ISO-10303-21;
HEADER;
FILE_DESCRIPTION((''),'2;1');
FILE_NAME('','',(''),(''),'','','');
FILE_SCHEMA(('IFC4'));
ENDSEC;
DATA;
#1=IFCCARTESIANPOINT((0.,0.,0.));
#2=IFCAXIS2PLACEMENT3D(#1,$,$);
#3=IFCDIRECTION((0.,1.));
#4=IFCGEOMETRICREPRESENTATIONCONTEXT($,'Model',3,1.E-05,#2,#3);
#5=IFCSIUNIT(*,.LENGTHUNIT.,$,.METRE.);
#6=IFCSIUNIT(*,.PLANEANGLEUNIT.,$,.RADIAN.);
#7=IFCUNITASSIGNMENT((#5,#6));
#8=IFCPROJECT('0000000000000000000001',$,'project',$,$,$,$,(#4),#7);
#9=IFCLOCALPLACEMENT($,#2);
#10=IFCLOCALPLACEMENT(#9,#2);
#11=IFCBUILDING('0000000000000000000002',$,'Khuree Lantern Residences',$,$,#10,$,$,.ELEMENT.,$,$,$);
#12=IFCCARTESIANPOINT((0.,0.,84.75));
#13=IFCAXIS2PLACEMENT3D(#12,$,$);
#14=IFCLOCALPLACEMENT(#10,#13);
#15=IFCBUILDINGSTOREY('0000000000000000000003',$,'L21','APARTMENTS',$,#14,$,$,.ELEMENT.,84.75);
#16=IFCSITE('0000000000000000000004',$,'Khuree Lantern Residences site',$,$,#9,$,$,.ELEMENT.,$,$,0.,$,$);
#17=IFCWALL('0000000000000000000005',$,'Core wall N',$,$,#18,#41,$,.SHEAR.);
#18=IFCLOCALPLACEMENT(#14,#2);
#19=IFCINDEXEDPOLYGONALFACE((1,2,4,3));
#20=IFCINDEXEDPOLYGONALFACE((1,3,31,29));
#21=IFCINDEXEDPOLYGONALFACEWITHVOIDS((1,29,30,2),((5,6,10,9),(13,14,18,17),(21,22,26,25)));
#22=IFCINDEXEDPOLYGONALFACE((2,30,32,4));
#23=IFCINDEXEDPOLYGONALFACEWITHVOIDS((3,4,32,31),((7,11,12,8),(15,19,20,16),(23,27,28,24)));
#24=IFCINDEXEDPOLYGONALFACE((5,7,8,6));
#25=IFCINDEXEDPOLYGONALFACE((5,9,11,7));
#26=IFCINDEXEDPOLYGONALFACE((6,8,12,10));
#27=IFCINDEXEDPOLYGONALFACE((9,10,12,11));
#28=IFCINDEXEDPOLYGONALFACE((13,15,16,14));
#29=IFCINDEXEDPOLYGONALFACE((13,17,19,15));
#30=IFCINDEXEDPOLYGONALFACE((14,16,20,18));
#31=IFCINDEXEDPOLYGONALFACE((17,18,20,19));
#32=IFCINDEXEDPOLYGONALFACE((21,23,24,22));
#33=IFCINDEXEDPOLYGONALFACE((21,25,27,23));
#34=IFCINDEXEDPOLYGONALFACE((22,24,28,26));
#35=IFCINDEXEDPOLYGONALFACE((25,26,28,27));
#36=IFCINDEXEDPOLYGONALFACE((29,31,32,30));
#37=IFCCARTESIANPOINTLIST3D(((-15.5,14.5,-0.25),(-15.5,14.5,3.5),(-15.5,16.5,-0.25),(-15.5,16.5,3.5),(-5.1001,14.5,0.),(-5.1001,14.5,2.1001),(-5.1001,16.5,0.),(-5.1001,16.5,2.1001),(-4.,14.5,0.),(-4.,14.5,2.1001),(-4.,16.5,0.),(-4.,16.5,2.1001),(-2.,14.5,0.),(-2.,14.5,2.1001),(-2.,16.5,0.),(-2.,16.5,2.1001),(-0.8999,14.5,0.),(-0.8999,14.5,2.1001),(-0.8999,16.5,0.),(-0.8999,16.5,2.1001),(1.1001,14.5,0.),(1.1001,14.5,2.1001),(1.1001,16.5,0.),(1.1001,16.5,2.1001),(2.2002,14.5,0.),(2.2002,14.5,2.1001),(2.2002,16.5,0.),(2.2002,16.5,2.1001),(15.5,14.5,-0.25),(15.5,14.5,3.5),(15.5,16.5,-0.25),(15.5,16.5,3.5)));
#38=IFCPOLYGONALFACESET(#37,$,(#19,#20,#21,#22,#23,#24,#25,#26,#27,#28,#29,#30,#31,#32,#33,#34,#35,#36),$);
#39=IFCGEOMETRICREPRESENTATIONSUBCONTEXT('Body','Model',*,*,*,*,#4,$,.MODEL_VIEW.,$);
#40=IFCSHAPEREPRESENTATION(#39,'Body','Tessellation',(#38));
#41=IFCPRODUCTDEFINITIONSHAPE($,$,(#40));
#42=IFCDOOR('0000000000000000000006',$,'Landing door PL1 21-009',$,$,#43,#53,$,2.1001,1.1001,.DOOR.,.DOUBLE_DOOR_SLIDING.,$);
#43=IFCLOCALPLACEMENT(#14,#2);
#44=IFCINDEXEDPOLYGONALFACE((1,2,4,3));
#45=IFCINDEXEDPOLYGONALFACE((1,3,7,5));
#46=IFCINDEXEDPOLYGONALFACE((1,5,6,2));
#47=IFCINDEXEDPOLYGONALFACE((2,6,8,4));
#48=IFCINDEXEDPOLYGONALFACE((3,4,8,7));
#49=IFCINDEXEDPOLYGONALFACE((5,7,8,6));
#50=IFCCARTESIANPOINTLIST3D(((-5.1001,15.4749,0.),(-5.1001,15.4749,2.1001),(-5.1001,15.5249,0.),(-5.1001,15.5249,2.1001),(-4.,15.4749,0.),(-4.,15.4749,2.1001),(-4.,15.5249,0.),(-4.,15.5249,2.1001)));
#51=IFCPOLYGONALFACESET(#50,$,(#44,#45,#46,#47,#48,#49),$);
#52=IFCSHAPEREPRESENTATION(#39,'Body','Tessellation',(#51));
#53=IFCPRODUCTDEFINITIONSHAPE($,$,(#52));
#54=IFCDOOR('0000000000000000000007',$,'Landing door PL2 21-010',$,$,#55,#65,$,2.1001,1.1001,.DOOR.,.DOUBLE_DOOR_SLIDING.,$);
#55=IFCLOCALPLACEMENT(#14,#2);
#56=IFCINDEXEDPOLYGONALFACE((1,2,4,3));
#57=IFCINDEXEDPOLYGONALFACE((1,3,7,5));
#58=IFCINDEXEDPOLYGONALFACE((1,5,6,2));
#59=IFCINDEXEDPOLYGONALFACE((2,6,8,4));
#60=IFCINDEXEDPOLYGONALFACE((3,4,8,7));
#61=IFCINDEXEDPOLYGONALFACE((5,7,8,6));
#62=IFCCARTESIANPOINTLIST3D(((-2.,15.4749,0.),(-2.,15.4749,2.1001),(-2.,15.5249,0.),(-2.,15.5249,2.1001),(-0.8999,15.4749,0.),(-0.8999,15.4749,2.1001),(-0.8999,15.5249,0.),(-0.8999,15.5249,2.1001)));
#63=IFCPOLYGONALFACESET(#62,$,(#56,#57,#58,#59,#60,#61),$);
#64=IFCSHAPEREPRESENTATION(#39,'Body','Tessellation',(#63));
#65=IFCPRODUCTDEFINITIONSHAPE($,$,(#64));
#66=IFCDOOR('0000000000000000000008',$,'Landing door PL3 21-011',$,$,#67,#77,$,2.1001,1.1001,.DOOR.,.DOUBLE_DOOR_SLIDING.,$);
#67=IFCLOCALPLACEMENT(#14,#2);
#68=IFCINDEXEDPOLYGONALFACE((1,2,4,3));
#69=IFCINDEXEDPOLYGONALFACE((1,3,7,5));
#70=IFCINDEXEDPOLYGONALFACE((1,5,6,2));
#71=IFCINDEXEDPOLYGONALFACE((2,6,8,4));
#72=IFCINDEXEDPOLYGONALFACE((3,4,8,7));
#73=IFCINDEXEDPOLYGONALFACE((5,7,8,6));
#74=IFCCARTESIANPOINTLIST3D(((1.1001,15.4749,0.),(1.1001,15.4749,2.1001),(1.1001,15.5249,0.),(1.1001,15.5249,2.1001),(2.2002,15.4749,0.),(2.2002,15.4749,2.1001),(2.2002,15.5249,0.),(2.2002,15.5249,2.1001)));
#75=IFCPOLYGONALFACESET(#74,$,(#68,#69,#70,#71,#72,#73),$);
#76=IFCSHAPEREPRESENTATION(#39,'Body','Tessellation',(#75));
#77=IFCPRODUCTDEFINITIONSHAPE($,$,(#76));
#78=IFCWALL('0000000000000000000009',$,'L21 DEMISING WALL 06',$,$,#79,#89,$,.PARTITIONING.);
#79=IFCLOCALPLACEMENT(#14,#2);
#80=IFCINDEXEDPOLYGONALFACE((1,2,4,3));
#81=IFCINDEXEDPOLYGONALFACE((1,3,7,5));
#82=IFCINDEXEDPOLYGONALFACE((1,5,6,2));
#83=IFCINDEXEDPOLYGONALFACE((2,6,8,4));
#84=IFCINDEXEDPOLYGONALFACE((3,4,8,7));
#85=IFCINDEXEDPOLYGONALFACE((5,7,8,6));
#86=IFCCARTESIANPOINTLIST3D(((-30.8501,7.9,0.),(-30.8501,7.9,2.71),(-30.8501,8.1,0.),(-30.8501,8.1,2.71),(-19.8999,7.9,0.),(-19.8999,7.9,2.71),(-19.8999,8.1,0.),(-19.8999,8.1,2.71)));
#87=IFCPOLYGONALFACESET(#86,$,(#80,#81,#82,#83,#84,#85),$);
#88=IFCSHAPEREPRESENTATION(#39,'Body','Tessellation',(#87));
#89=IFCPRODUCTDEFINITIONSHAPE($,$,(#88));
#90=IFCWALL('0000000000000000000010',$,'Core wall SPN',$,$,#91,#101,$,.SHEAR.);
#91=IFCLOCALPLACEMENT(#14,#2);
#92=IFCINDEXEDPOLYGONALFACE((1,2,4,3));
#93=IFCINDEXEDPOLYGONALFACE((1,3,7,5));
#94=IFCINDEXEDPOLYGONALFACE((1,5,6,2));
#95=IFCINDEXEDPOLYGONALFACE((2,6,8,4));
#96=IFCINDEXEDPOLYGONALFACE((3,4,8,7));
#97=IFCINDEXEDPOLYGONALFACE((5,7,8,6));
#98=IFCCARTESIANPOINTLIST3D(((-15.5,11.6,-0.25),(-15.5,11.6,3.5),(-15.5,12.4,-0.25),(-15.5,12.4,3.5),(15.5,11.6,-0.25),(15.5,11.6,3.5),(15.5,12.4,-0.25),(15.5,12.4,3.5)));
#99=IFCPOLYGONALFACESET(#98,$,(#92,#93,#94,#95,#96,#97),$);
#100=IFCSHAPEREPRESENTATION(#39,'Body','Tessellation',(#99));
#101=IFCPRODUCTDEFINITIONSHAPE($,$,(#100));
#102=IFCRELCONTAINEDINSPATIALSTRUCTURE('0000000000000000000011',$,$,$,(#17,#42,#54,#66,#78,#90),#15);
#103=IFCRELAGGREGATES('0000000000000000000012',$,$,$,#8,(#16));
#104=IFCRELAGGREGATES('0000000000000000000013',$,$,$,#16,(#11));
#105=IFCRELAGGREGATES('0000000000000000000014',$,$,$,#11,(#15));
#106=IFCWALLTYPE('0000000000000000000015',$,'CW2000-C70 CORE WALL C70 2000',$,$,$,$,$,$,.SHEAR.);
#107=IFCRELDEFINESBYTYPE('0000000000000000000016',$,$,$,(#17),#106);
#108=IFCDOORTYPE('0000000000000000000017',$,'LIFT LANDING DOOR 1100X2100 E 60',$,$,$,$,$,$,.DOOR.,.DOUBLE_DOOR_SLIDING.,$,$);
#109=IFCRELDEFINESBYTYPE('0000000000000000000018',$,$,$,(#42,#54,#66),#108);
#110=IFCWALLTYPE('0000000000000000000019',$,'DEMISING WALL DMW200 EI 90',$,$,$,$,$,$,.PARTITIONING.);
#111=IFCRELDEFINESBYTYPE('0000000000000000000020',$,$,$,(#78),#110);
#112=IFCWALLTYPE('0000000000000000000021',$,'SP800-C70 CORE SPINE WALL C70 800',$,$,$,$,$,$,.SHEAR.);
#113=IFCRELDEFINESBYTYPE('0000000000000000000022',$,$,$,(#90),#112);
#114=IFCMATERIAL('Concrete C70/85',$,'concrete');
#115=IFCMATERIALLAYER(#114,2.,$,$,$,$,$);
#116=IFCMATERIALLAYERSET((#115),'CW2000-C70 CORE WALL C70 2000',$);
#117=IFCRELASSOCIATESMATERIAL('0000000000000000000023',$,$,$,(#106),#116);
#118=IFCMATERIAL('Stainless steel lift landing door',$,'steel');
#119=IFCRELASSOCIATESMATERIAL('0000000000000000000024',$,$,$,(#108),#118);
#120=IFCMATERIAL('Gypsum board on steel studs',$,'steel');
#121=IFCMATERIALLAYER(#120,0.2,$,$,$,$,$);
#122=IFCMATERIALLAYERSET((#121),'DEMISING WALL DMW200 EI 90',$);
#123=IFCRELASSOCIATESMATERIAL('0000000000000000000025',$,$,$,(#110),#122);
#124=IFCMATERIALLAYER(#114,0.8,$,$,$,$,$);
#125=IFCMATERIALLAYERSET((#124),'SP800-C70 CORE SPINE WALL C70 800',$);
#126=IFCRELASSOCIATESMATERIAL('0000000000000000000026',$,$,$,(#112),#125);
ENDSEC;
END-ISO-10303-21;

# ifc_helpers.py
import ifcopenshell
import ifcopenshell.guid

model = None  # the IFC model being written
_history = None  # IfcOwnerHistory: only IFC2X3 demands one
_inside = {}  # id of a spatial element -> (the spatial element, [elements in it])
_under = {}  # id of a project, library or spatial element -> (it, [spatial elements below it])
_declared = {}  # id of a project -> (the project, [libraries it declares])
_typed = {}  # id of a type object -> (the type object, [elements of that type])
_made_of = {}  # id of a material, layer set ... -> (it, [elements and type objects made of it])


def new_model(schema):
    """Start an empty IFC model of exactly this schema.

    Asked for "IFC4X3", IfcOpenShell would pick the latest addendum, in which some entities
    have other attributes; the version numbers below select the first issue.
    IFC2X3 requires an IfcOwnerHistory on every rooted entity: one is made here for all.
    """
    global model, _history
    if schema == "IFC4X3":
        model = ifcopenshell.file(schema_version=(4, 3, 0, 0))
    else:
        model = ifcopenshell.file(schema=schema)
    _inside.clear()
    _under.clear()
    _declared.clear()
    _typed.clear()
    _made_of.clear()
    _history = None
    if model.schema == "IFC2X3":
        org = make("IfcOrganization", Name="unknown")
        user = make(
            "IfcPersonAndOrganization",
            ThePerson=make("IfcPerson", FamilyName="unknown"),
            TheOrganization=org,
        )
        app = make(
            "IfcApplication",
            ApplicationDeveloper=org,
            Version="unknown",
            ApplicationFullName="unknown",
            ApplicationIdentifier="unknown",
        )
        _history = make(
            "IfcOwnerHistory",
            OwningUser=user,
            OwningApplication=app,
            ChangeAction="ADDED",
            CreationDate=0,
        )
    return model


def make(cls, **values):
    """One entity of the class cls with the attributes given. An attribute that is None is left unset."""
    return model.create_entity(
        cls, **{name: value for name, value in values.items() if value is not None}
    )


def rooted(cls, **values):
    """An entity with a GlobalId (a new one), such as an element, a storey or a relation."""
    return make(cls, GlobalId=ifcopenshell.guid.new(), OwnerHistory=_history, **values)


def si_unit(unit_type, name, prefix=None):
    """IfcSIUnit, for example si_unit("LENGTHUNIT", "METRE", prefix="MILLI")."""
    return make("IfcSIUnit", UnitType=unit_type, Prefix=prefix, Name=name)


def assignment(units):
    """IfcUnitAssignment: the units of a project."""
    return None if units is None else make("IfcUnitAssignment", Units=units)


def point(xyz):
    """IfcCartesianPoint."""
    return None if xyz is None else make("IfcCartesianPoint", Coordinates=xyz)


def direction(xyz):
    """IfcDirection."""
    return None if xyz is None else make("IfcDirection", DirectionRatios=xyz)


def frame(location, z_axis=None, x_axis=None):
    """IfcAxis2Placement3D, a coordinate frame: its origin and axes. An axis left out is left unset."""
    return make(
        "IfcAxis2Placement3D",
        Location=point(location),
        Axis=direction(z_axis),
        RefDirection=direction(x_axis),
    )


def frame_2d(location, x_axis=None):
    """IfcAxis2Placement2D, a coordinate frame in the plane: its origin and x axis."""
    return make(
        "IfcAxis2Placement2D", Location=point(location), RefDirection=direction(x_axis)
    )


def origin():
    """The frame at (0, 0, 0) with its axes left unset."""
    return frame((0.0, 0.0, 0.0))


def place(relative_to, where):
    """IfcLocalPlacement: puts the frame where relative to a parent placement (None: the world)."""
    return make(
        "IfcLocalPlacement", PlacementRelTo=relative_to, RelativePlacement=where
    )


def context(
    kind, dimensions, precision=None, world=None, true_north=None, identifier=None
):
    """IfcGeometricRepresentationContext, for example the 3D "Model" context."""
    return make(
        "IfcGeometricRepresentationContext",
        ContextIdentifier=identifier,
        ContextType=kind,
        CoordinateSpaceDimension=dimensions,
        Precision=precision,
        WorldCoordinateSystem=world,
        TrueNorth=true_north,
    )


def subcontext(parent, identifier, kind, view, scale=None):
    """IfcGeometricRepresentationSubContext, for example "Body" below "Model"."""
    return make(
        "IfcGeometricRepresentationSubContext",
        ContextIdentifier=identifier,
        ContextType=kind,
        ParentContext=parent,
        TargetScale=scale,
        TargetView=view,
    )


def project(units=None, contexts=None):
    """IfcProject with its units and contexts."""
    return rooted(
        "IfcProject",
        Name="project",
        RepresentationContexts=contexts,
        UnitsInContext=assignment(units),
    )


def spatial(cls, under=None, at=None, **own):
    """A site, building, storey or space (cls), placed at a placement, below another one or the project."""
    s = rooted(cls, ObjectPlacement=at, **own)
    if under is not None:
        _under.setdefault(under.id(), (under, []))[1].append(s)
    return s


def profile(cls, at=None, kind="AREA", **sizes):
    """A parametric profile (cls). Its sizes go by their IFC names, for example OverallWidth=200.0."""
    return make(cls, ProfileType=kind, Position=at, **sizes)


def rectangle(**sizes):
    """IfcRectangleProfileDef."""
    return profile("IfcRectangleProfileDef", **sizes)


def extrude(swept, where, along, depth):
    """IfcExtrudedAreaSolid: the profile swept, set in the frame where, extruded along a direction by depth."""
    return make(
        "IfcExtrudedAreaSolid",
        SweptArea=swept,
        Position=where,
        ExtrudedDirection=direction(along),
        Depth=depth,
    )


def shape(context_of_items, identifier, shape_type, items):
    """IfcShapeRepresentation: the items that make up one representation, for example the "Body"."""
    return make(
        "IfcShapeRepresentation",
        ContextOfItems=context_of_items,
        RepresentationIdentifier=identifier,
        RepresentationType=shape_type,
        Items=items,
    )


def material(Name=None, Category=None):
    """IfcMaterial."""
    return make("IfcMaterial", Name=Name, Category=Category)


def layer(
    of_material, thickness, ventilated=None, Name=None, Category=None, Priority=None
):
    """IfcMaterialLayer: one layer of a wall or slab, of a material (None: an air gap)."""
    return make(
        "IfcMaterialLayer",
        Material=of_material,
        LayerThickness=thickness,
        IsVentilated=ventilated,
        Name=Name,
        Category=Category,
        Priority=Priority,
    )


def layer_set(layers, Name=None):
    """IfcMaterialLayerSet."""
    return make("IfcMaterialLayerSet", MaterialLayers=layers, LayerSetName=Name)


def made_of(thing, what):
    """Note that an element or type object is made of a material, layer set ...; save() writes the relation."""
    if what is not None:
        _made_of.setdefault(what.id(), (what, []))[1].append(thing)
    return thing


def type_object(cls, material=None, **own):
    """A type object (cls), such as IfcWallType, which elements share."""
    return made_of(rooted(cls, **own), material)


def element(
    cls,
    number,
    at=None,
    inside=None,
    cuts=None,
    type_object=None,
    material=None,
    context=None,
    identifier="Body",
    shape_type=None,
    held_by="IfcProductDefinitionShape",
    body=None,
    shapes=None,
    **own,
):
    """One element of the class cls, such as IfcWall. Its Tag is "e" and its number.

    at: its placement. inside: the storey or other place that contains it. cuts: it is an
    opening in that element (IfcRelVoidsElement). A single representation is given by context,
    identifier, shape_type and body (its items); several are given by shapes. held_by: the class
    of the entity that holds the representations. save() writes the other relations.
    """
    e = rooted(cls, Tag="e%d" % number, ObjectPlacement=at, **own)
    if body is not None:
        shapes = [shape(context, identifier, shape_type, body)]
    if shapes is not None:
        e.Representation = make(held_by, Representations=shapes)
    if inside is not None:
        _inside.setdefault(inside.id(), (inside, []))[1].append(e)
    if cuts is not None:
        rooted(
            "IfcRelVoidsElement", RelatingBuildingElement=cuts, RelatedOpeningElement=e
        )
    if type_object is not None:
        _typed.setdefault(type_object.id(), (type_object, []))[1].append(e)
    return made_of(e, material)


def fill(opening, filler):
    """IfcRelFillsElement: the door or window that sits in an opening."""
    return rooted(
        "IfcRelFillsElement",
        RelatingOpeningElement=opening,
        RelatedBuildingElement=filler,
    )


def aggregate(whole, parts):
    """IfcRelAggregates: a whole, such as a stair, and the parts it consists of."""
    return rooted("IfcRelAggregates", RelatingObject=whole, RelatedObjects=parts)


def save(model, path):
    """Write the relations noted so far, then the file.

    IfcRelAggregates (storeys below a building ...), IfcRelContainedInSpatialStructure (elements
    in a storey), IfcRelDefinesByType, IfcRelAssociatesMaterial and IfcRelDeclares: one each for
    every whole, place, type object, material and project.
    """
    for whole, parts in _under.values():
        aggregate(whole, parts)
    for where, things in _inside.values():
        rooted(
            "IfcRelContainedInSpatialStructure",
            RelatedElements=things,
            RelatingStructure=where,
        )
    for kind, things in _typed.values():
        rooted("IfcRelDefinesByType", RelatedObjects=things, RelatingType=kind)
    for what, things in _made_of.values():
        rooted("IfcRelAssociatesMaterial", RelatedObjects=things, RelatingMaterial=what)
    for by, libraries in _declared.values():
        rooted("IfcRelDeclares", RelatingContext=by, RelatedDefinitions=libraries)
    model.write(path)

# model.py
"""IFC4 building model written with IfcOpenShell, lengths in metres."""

from ifc_helpers import new_model, si_unit, direction, frame, frame_2d, origin, place, context, subcontext, project, spatial, rectangle, extrude, material, layer, layer_set, type_object, element, fill, save


model = new_model("IFC4")

# Units and contexts
model_context = context("Model", 3, precision=1e-05, world=origin(), true_north=direction((0.0, 1.0)))
body_context = subcontext(model_context, "Body", "Model", "MODEL_VIEW")
ifc_project = project(units=[si_unit("LENGTHUNIT", "METRE"), si_unit("PLANEANGLEUNIT", "RADIAN")], contexts=[model_context])

# Site, building, storey
site_placement = place(None, origin())
site = spatial("IfcSite", under=ifc_project, at=site_placement, Name="Khuree Lantern Residences site", CompositionType="ELEMENT", RefElevation=0.0)
building_placement = place(site_placement, origin())
building = spatial("IfcBuilding", under=site, at=building_placement, Name="Khuree Lantern Residences", CompositionType="ELEMENT")
storey_placement = place(building_placement, frame((0.0, 0.0, 84.75)))
storey = spatial("IfcBuildingStorey", under=building, at=storey_placement, Name="L21", Description="APARTMENTS", CompositionType="ELEMENT", Elevation=84.75)

# Shared definitions
ifc_material_1 = material(Name="Concrete C70/85", Category="concrete")

# Shared definitions
ifc_material_2 = material(Name="Gypsum board on steel studs", Category="steel")

# Wall, openings, doors
ifc_layer_1 = layer(ifc_material_1, 2.0)
ifc_layer_set_1 = layer_set([ifc_layer_1], Name="CW2000-C70 CORE WALL C70 2000")
wall_type_1 = type_object("IfcWallType", Name="CW2000-C70 CORE WALL C70 2000", PredefinedType="SHEAR", material=ifc_layer_set_1)
wall_1_placement = place(storey_placement, frame((-15.5, 15.5, -0.25), z_axis=(0.0, 0.0, 1.0), x_axis=(1.0, 0.0, 0.0)))
wall_1 = element("IfcWall", 1, at=wall_1_placement, inside=storey, type_object=wall_type_1, Name="Core wall N", PredefinedType="SHEAR", context=body_context, shape_type="SweptSolid", body=[
    extrude(rectangle(XDim=31.0, YDim=2.0, at=frame_2d((15.5, 0.0))), origin(), (0.0, 0.0, 1.0), 3.75),
])
opening_1_placement = place(wall_1_placement, frame((10.3999, 0.0, 0.25)))
opening_1 = element("IfcOpeningElement", 2, at=opening_1_placement, cuts=wall_1, PredefinedType="OPENING", context=body_context, shape_type="SweptSolid", body=[
    extrude(rectangle(XDim=1.1001, YDim=2.1001, at=frame_2d((0.55, 1.05))), frame((0.0, 1.01, 0.0), z_axis=(0.0, -1.0, 0.0), x_axis=(1.0, 0.0, 0.0)), (0.0, 0.0, 1.0), 2.02),
])
opening_2_placement = place(wall_1_placement, frame((13.5, 0.0, 0.25)))
opening_2 = element("IfcOpeningElement", 3, at=opening_2_placement, cuts=wall_1, PredefinedType="OPENING", context=body_context, shape_type="SweptSolid", body=[
    extrude(rectangle(XDim=1.1001, YDim=2.1001, at=frame_2d((0.55, 1.05))), frame((0.0, 1.01, 0.0), z_axis=(0.0, -1.0, 0.0), x_axis=(1.0, 0.0, 0.0)), (0.0, 0.0, 1.0), 2.02),
])
opening_3_placement = place(wall_1_placement, frame((16.6001, 0.0, 0.25)))
opening_3 = element("IfcOpeningElement", 4, at=opening_3_placement, cuts=wall_1, PredefinedType="OPENING", context=body_context, shape_type="SweptSolid", body=[
    extrude(rectangle(XDim=1.1001, YDim=2.1001, at=frame_2d((0.55, 1.05))), frame((0.0, 1.01, 0.0), z_axis=(0.0, -1.0, 0.0), x_axis=(1.0, 0.0, 0.0)), (0.0, 0.0, 1.0), 2.02),
])
ifc_material_3 = material(Name="Stainless steel lift landing door", Category="steel")
door_type_1 = type_object("IfcDoorType", Name="LIFT LANDING DOOR 1100X2100 E 60", OperationType="DOUBLE_DOOR_SLIDING", PredefinedType="DOOR", material=ifc_material_3)
door_1_placement = place(opening_1_placement, origin())
door_1 = element("IfcDoor", 5, at=door_1_placement, inside=storey, type_object=door_type_1, Name="Landing door PL1 21-009", OperationType="DOUBLE_DOOR_SLIDING", OverallHeight=2.1001, OverallWidth=1.1001, PredefinedType="DOOR", context=body_context, shape_type="SweptSolid", body=[
    extrude(rectangle(XDim=1.1001, YDim=2.1001, at=frame_2d((0.55, 1.05))), frame((0.0, 0.0249, 0.0), z_axis=(0.0, -1.0, 0.0), x_axis=(1.0, 0.0, 0.0)), (0.0, 0.0, 1.0), 0.05),
])
fill(opening_1, door_1)
door_2_placement = place(opening_2_placement, origin())
door_2 = element("IfcDoor", 6, at=door_2_placement, inside=storey, type_object=door_type_1, Name="Landing door PL2 21-010", OperationType="DOUBLE_DOOR_SLIDING", OverallHeight=2.1001, OverallWidth=1.1001, PredefinedType="DOOR", context=body_context, shape_type="SweptSolid", body=[
    extrude(rectangle(XDim=1.1001, YDim=2.1001, at=frame_2d((0.55, 1.05))), frame((0.0, 0.0249, 0.0), z_axis=(0.0, -1.0, 0.0), x_axis=(1.0, 0.0, 0.0)), (0.0, 0.0, 1.0), 0.05),
])
fill(opening_2, door_2)
door_3_placement = place(opening_3_placement, origin())
door_3 = element("IfcDoor", 7, at=door_3_placement, inside=storey, type_object=door_type_1, Name="Landing door PL3 21-011", OperationType="DOUBLE_DOOR_SLIDING", OverallHeight=2.1001, OverallWidth=1.1001, PredefinedType="DOOR", context=body_context, shape_type="SweptSolid", body=[
    extrude(rectangle(XDim=1.1001, YDim=2.1001, at=frame_2d((0.55, 1.05))), frame((0.0, 0.0249, 0.0), z_axis=(0.0, -1.0, 0.0), x_axis=(1.0, 0.0, 0.0)), (0.0, 0.0, 1.0), 0.05),
])
fill(opening_3, door_3)

# Walls
ifc_layer_2 = layer(ifc_material_2, 0.2)
ifc_layer_set_2 = layer_set([ifc_layer_2], Name="DEMISING WALL DMW200 EI 90")
wall_type_2 = type_object("IfcWallType", Name="DEMISING WALL DMW200 EI 90", PredefinedType="PARTITIONING", material=ifc_layer_set_2)
wall_2_placement = place(storey_placement, frame((-19.8999, 8.0, 0.0), z_axis=(0.0, 0.0, 1.0), x_axis=(-1.0, 0.0, 0.0)))
element("IfcWall", 8, at=wall_2_placement, inside=storey, type_object=wall_type_2, Name="L21 DEMISING WALL 06", PredefinedType="PARTITIONING", context=body_context, shape_type="SweptSolid", body=[
    extrude(rectangle(XDim=10.9502, YDim=0.2, at=frame_2d((5.4751, 0.0))), origin(), (0.0, 0.0, 1.0), 2.71),
])
ifc_layer_3 = layer(ifc_material_1, 0.8)
ifc_layer_set_3 = layer_set([ifc_layer_3], Name="SP800-C70 CORE SPINE WALL C70 800")
wall_type_3 = type_object("IfcWallType", Name="SP800-C70 CORE SPINE WALL C70 800", PredefinedType="SHEAR", material=ifc_layer_set_3)
wall_3_placement = place(storey_placement, frame((-15.5, 12.0, -0.25), z_axis=(0.0, 0.0, 1.0), x_axis=(1.0, 0.0, 0.0)))
element("IfcWall", 9, at=wall_3_placement, inside=storey, type_object=wall_type_3, Name="Core wall SPN", PredefinedType="SHEAR", context=body_context, shape_type="SweptSolid", body=[
    extrude(rectangle(XDim=31.0, YDim=0.8, at=frame_2d((15.5, 0.0))), origin(), (0.0, 0.0, 1.0), 3.75),
])

save(model, "model.ifc")
